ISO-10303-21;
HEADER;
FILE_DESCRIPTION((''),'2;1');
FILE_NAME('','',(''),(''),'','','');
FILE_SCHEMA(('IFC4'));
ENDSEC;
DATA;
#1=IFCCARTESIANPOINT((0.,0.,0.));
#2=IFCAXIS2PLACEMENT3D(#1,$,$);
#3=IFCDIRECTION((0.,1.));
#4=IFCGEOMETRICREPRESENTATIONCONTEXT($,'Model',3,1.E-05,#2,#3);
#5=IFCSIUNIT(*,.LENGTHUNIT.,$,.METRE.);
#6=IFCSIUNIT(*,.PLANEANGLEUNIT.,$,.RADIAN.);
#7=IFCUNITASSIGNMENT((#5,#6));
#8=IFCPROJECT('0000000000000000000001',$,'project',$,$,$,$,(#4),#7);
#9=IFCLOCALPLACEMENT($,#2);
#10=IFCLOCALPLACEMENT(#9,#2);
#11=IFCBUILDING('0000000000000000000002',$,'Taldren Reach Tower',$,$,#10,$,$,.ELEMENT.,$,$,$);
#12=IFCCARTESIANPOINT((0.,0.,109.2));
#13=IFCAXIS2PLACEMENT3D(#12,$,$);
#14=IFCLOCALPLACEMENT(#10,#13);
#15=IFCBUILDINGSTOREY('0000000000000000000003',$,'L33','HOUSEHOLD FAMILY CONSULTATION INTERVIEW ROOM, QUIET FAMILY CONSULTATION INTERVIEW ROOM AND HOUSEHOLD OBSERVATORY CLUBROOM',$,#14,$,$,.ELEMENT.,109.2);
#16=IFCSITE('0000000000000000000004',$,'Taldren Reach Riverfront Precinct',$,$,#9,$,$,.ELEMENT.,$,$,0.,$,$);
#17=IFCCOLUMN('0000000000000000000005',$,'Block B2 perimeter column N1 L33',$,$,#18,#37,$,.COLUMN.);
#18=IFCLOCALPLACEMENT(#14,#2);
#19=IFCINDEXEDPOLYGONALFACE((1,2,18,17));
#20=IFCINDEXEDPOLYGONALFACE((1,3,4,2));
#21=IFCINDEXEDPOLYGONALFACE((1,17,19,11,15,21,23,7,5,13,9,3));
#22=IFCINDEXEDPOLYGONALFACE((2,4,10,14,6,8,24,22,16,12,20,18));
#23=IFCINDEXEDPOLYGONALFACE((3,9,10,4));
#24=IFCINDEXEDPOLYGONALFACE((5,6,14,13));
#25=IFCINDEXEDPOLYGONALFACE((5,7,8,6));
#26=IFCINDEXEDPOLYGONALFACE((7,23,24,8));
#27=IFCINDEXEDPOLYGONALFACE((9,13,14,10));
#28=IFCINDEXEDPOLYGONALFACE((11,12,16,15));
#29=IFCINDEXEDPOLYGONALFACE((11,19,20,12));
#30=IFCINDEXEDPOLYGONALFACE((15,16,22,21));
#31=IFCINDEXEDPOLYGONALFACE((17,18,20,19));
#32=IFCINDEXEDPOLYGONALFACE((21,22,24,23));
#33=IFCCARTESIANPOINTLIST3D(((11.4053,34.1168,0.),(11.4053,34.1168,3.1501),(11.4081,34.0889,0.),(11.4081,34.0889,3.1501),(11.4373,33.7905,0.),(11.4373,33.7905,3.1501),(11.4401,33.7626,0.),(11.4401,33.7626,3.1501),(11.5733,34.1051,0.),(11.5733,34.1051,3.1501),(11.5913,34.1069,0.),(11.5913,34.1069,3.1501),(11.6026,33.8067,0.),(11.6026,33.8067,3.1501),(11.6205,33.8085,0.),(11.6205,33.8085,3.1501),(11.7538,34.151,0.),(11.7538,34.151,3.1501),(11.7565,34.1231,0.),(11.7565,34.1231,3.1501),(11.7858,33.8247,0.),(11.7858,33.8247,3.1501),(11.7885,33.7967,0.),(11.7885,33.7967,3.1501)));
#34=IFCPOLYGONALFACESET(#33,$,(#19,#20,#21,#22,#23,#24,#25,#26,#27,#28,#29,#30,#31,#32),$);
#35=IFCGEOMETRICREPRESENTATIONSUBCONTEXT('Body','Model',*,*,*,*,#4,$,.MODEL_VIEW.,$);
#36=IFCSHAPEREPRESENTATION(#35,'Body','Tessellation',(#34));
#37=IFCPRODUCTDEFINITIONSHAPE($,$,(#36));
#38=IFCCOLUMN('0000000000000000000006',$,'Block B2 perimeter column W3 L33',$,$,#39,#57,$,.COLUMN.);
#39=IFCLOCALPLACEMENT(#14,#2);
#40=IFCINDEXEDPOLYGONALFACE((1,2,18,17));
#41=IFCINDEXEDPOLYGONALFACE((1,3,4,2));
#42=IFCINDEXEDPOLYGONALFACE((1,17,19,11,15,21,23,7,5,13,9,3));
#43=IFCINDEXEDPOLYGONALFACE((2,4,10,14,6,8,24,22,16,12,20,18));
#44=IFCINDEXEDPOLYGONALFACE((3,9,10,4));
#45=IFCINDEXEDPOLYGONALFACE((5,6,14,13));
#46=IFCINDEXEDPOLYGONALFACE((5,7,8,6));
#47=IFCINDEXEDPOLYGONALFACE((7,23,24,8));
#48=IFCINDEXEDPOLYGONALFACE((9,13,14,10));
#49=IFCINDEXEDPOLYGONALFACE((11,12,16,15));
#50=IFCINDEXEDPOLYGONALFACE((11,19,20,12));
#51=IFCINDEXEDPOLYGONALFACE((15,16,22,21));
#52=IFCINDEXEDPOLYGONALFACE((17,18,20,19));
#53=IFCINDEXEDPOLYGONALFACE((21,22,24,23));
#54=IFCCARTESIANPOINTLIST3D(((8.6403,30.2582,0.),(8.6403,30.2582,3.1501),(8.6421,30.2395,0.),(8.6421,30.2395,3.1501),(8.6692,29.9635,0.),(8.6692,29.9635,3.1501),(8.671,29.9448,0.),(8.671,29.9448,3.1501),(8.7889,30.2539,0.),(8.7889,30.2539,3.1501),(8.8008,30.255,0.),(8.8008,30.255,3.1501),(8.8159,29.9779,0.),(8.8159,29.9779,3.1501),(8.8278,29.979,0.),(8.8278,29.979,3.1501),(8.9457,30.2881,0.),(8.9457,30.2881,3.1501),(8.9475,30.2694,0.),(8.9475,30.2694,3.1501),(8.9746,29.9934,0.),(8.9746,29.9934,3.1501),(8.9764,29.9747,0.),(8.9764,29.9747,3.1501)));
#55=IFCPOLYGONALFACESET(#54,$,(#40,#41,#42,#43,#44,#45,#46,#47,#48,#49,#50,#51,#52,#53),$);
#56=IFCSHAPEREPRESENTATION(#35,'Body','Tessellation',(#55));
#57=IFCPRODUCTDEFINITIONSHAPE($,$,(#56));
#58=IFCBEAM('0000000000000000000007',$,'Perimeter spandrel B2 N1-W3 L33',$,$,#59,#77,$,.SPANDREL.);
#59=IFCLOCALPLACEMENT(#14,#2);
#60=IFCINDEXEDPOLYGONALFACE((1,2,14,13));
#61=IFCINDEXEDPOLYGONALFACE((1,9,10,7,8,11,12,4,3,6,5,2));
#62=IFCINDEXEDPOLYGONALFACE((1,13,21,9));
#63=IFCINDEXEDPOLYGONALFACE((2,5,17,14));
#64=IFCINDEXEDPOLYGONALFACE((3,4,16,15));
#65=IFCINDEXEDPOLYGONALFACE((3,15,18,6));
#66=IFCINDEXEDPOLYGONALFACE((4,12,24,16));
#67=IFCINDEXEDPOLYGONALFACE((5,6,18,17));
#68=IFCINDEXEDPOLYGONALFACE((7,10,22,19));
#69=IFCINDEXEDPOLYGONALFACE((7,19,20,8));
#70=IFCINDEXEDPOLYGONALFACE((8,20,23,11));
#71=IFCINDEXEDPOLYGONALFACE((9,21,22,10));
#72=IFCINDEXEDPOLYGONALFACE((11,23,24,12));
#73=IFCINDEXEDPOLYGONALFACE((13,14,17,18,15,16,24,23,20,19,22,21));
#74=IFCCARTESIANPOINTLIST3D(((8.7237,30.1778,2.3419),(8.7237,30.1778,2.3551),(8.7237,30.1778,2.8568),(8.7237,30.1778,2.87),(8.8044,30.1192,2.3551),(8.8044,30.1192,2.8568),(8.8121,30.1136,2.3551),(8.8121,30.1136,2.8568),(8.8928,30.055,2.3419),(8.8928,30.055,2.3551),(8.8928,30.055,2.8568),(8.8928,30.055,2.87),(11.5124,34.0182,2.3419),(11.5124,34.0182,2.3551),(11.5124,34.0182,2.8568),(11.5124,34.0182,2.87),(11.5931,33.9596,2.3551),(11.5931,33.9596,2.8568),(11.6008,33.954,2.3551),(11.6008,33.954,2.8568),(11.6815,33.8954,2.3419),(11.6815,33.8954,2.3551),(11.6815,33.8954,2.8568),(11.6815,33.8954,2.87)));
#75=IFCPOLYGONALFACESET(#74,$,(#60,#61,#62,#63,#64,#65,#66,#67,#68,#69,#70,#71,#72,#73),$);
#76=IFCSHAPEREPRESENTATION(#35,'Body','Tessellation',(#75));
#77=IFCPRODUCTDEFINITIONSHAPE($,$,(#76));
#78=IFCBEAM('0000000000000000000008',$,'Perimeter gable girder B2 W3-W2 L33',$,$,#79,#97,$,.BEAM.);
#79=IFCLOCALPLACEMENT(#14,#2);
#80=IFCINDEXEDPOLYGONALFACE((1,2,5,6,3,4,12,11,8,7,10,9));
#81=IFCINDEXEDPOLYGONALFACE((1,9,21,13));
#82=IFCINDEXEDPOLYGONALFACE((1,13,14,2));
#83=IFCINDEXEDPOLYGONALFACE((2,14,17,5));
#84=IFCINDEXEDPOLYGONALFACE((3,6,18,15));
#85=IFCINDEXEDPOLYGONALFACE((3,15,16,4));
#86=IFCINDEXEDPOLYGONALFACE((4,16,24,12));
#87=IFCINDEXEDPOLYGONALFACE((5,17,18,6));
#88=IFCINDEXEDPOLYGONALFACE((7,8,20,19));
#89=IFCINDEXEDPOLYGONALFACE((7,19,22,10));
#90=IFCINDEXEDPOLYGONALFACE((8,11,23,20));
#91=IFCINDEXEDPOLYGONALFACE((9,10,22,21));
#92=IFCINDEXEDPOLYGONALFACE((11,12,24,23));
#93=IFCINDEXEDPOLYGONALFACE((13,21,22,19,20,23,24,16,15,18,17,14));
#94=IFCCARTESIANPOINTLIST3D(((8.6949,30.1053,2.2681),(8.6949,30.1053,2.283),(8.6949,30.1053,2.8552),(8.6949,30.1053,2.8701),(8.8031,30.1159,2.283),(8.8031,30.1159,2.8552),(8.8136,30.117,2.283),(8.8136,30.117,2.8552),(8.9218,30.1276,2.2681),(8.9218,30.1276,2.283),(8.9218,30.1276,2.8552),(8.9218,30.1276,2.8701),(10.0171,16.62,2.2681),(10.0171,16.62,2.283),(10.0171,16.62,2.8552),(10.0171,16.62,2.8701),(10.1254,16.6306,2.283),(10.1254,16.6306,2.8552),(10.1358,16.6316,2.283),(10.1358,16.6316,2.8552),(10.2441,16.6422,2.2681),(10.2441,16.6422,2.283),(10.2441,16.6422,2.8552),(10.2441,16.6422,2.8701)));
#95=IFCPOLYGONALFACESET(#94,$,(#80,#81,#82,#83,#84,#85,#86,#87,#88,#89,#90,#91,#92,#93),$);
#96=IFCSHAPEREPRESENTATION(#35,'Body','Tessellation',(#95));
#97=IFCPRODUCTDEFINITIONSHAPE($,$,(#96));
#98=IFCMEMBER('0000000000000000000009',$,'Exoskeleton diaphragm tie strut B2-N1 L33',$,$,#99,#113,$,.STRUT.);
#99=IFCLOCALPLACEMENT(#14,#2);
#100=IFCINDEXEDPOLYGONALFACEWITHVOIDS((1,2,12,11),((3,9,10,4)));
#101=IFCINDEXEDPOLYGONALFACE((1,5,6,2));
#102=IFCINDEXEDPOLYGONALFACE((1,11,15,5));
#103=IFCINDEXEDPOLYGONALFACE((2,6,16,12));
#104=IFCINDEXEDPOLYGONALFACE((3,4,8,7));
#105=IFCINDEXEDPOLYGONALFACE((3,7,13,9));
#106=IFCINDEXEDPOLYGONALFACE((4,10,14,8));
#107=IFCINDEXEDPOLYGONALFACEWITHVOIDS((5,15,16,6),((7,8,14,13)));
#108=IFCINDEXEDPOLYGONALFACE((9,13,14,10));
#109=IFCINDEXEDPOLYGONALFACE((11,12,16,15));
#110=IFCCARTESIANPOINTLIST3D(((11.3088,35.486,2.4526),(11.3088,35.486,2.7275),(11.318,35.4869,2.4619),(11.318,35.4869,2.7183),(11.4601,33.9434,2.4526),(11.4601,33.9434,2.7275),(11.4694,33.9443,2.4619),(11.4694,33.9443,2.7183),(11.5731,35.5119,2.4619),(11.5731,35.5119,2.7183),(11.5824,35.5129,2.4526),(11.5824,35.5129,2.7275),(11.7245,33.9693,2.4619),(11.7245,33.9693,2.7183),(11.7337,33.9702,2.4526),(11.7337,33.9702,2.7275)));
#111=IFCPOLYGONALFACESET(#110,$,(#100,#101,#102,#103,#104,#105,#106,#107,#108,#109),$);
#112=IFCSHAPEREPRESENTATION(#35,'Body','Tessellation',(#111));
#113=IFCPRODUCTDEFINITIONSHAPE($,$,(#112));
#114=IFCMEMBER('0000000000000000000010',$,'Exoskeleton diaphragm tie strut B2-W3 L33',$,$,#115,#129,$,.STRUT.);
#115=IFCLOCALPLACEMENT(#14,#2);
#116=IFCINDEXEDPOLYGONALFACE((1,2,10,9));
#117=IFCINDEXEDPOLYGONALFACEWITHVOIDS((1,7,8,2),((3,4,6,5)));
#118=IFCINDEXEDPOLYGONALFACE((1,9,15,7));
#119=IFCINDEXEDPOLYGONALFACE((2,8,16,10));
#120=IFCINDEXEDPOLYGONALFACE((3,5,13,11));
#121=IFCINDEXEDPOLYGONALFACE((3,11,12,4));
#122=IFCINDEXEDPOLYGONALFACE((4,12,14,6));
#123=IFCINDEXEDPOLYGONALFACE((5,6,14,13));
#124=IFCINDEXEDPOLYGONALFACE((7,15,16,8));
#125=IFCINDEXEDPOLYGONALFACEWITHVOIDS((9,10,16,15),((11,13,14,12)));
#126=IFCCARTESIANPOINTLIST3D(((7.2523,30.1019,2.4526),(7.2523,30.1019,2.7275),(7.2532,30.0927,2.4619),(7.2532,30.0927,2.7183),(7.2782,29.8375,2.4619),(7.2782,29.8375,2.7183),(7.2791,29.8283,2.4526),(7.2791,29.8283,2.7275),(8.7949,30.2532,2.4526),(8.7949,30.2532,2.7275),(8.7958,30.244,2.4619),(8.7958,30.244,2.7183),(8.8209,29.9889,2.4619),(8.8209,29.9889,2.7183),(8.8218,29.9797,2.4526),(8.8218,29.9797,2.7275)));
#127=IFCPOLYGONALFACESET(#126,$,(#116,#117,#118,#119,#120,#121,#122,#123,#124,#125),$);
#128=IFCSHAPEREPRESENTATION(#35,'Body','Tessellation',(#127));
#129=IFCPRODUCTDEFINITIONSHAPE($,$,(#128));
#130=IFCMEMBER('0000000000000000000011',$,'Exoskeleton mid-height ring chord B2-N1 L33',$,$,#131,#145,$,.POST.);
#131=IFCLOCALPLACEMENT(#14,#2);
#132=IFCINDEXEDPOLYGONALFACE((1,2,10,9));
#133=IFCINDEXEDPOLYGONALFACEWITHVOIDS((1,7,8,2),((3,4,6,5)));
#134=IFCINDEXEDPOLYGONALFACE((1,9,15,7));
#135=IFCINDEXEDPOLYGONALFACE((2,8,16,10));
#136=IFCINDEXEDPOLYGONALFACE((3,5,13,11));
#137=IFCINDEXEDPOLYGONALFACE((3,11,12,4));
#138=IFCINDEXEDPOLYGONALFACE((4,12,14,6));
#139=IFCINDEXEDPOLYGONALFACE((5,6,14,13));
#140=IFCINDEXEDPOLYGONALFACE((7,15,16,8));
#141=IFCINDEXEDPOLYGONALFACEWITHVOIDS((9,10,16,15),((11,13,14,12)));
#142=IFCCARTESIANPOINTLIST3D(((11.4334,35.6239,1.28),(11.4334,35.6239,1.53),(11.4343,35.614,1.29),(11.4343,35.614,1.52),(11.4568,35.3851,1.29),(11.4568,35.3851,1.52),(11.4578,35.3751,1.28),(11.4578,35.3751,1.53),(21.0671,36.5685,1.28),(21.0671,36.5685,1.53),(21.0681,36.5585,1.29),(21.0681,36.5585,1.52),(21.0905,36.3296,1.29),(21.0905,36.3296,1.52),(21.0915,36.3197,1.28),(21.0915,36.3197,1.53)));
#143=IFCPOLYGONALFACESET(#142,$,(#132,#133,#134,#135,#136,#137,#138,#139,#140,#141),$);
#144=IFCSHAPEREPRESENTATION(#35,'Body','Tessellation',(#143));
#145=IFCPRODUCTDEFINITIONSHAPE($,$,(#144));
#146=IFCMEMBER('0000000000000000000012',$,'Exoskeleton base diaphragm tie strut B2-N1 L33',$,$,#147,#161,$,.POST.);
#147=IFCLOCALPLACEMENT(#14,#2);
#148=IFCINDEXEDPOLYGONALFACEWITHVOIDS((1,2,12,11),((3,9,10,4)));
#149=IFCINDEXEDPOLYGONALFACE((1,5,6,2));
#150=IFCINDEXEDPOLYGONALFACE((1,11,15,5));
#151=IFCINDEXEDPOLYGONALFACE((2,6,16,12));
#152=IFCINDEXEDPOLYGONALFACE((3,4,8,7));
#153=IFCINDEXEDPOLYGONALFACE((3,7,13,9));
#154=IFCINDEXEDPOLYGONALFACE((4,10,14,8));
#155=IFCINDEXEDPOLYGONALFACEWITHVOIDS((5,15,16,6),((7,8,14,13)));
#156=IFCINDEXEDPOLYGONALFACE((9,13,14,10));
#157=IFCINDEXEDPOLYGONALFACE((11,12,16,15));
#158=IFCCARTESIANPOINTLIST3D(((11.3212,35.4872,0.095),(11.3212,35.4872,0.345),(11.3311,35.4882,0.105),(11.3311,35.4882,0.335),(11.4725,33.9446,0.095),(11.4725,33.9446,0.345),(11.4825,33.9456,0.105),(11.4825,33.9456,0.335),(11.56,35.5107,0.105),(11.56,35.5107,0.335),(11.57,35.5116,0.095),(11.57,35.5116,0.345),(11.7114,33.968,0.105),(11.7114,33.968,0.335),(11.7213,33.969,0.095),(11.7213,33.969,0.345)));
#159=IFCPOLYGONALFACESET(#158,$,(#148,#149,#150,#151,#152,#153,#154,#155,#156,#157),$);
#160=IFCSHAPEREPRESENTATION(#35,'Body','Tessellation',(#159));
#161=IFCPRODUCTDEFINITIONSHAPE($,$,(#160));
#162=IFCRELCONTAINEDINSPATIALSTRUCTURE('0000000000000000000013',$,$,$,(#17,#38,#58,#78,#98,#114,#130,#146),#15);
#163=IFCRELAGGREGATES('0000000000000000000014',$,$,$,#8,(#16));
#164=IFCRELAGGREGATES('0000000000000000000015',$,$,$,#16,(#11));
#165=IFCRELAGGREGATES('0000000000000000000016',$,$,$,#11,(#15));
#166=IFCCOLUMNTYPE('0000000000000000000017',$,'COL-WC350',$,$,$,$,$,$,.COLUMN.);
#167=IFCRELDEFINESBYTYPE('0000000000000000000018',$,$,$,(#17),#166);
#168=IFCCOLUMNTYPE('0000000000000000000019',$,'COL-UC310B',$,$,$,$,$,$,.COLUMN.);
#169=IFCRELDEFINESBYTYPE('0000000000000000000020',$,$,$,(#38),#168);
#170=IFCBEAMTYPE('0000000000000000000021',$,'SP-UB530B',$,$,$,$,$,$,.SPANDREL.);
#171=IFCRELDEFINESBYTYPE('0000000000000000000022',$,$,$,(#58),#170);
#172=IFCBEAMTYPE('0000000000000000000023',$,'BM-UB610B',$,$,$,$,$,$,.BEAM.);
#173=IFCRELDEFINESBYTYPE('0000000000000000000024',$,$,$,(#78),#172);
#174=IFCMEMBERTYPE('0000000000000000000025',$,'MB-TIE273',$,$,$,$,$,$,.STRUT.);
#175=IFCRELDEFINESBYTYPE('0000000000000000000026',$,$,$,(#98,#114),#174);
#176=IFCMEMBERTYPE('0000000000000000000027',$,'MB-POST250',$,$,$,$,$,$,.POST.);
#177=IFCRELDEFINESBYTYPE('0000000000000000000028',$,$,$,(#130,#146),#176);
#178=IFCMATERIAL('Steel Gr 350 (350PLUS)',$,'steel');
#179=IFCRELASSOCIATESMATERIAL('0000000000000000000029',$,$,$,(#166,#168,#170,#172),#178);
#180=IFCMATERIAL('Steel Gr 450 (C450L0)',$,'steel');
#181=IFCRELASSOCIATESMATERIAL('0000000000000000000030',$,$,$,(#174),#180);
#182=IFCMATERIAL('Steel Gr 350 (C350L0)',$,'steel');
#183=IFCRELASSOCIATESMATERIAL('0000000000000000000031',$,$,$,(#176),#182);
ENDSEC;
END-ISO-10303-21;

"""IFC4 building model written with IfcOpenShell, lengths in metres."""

from ifc_helpers import new_model, si_unit, direction, frame, origin, origin_2d, place, context, subcontext, project, spatial, hollow_rectangle, i_section, extrude, source, transform, mapped, material, material_profile, profile_set, type_object, element, save


model = new_model("IFC4")

# Units and contexts
model_context = context("Model", 3, precision=1e-05, world=origin(), true_north=direction((0.0, 1.0)))
body_context = subcontext(model_context, "Body", "Model", "MODEL_VIEW")
ifc_project = project(units=[si_unit("LENGTHUNIT", "METRE"), si_unit("PLANEANGLEUNIT", "RADIAN")], contexts=[model_context])

# Site, building, storey
site_placement = place(None, origin())
site = spatial("IfcSite", under=ifc_project, at=site_placement, Name="Taldren Reach Riverfront Precinct", CompositionType="ELEMENT", RefElevation=0.0)
building_placement = place(site_placement, origin())
building = spatial("IfcBuilding", under=site, at=building_placement, Name="Taldren Reach Tower", CompositionType="ELEMENT")
storey_placement = place(building_placement, frame((0.0, 0.0, 109.2)))
storey = spatial("IfcBuildingStorey", under=building, at=storey_placement, Name="L33", Description="HOUSEHOLD FAMILY CONSULTATION INTERVIEW ROOM, QUIET FAMILY CONSULTATION INTERVIEW ROOM AND HOUSEHOLD OBSERVATORY CLUBROOM", CompositionType="ELEMENT", Elevation=109.2)

# Columns
ifc_material_1 = material(Name="Steel Gr 350 (350PLUS)", Category="steel")
ifc_material_profile_1 = material_profile(ifc_material_1, i_section(OverallWidth=0.3501, OverallDepth=0.356, WebThickness=0.0181, FlangeThickness=0.0281, at=origin_2d()), Name="350WC197")
ifc_profile_set_1 = profile_set([ifc_material_profile_1], Name="Steel Gr 350 (350PLUS)")
column_type_1 = type_object("IfcColumnType", Name="COL-WC350", PredefinedType="COLUMN", material=ifc_profile_set_1)
shared_shape_1 = source(origin(), body_context, "Body", "SweptSolid", [
    extrude(i_section(OverallWidth=0.3501, OverallDepth=0.356, WebThickness=0.0181, FlangeThickness=0.0281, at=origin_2d()), origin(), (0.0, 0.0, 1.0), 3.1501),
])
column_1_placement = place(storey_placement, frame((11.5969, 33.9568, 0.0), z_axis=(0.0, 0.0, 1.0), x_axis=(0.995227, 0.097583, 0.0)))
element("IfcColumn", 1, at=column_1_placement, inside=storey, type_object=column_type_1, Name="Block B2 perimeter column N1 L33", PredefinedType="COLUMN", context=body_context, shape_type="MappedRepresentation", body=[
    mapped(shared_shape_1, transform((0.0, 0.0, 0.0), scale=1.0)),
])
ifc_material_profile_2 = material_profile(ifc_material_1, i_section(OverallWidth=0.3069, OverallDepth=0.3149, WebThickness=0.012, FlangeThickness=0.0188, at=origin_2d()), Name="310UC118")
ifc_profile_set_2 = profile_set([ifc_material_profile_2], Name="Steel Gr 350 (350PLUS)")
column_type_2 = type_object("IfcColumnType", Name="COL-UC310B", PredefinedType="COLUMN", material=ifc_profile_set_2)
shared_shape_2 = source(origin(), body_context, "Body", "SweptSolid", [
    extrude(i_section(OverallWidth=0.3069, OverallDepth=0.3149, WebThickness=0.012, FlangeThickness=0.0188, at=origin_2d()), origin(), (0.0, 0.0, 1.0), 3.1501),
])
column_2_placement = place(storey_placement, frame((8.8083, 30.1165, 0.0), z_axis=(0.0, 0.0, 1.0), x_axis=(0.995227, 0.097583, 0.0)))
element("IfcColumn", 2, at=column_2_placement, inside=storey, type_object=column_type_2, Name="Block B2 perimeter column W3 L33", PredefinedType="COLUMN", context=body_context, shape_type="MappedRepresentation", body=[
    mapped(shared_shape_2, transform((0.0, 0.0, 0.0), scale=1.0)),
])

# Beams
ifc_material_profile_3 = material_profile(ifc_material_1, i_section(OverallWidth=0.209, OverallDepth=0.5281, WebThickness=0.0095, FlangeThickness=0.0132, at=origin_2d()), Name="530UB82.0")
ifc_profile_set_3 = profile_set([ifc_material_profile_3], Name="Steel Gr 350 (350PLUS)")
beam_type_1 = type_object("IfcBeamType", Name="SP-UB530B", PredefinedType="SPANDREL", material=ifc_profile_set_3)
shared_shape_3 = source(origin(), body_context, "Body", "SweptSolid", [
    extrude(i_section(OverallWidth=0.209, OverallDepth=0.5281, WebThickness=0.0095, FlangeThickness=0.0132, at=origin_2d()), origin(), (0.0, 0.0, 1.0), 4.7461),
])
beam_1_placement = place(storey_placement, frame((11.5969, 33.9568, 2.606), z_axis=(-0.587566, -0.809176, 0.0), x_axis=(0.809176, -0.587566, 0.0)))
element("IfcBeam", 3, at=beam_1_placement, inside=storey, type_object=beam_type_1, Name="Perimeter spandrel B2 N1-W3 L33", PredefinedType="SPANDREL", context=body_context, shape_type="MappedRepresentation", body=[
    mapped(shared_shape_3, transform((0.0, 0.0, 0.0), scale=1.0)),
])
ifc_material_profile_4 = material_profile(ifc_material_1, i_section(OverallWidth=0.228, OverallDepth=0.6021, WebThickness=0.0105, FlangeThickness=0.0149, at=origin_2d()), Name="610UB101")
ifc_profile_set_4 = profile_set([ifc_material_profile_4], Name="Steel Gr 350 (350PLUS)")
beam_type_2 = type_object("IfcBeamType", Name="BM-UB610B", PredefinedType="BEAM", material=ifc_profile_set_4)
shared_shape_4 = source(origin(), body_context, "Body", "SweptSolid", [
    extrude(i_section(OverallWidth=0.228, OverallDepth=0.6021, WebThickness=0.0105, FlangeThickness=0.0149, at=origin_2d()), origin(), (0.0, 0.0, 1.0), 13.55),
])
beam_2_placement = place(storey_placement, frame((8.8083, 30.1165, 2.5691), z_axis=(0.097584, -0.995227, 0.0), x_axis=(0.995227, 0.097584, 0.0)))
element("IfcBeam", 4, at=beam_2_placement, inside=storey, type_object=beam_type_2, Name="Perimeter gable girder B2 W3-W2 L33", PredefinedType="BEAM", context=body_context, shape_type="MappedRepresentation", body=[
    mapped(shared_shape_4, transform((0.0, 0.0, 0.0), scale=1.0)),
])

# Members
ifc_material_2 = material(Name="Steel Gr 450 (C450L0)", Category="steel")
ifc_material_profile_5 = material_profile(ifc_material_2, hollow_rectangle(XDim=0.2749, YDim=0.2749, WallThickness=0.0093, at=origin_2d()), Name="275x275x9.3SHS")
ifc_profile_set_5 = profile_set([ifc_material_profile_5], Name="Steel Gr 450 (C450L0)")
member_type_1 = type_object("IfcMemberType", Name="MB-TIE273", PredefinedType="STRUT", material=ifc_profile_set_5)
shared_shape_5 = source(origin(), body_context, "Body", "SweptSolid", [
    extrude(hollow_rectangle(XDim=0.2749, YDim=0.2749, WallThickness=0.0093, at=origin_2d()), origin(), (0.0, 0.0, 1.0), 1.55),
])
for number, where, z_axis, x_axis, name in (
    (5, (11.5969, 33.9568, 2.5901), (-0.097648, 0.995221, 0.0), (-0.995221, -0.097648, 0.0), "Exoskeleton diaphragm tie strut B2-N1 L33"),
    (6, (8.8083, 30.1165, 2.5901), (-0.995221, -0.097648, 0.0), (0.097648, -0.995221, 0.0), "Exoskeleton diaphragm tie strut B2-W3 L33"),
):
    element("IfcMember", number, at=place(storey_placement, frame(where, z_axis=z_axis, x_axis=x_axis)), inside=storey, type_object=member_type_1, Name=name, PredefinedType="STRUT", context=body_context, shape_type="MappedRepresentation", body=[
        mapped(shared_shape_5, transform((0.0, 0.0, 0.0), scale=1.0)),
    ])
ifc_material_3 = material(Name="Steel Gr 350 (C350L0)", Category="steel")
ifc_material_profile_6 = material_profile(ifc_material_3, hollow_rectangle(XDim=0.25, YDim=0.25, WallThickness=0.01, at=origin_2d()), Name="250x250x10.0SHS")
ifc_profile_set_6 = profile_set([ifc_material_profile_6], Name="Steel Gr 350 (C350L0)")
member_type_2 = type_object("IfcMemberType", Name="MB-POST250", PredefinedType="POST", material=ifc_profile_set_6)
shared_shape_6 = source(origin(), body_context, "Body", "SweptSolid", [
    extrude(hollow_rectangle(XDim=0.25, YDim=0.25, WallThickness=0.01, at=origin_2d()), origin(), (0.0, 0.0, 1.0), 9.6799),
])
member_1_placement = place(storey_placement, frame((11.4456, 35.4995, 1.405), z_axis=(0.995228, 0.097581, 0.0), x_axis=(-0.097581, 0.995228, 0.0)))
element("IfcMember", 7, at=member_1_placement, inside=storey, type_object=member_type_2, Name="Exoskeleton mid-height ring chord B2-N1 L33", PredefinedType="POST", context=body_context, shape_type="MappedRepresentation", body=[
    mapped(shared_shape_6, transform((0.0, 0.0, 0.0), scale=1.0)),
])
shared_shape_7 = source(origin(), body_context, "Body", "SweptSolid", [
    extrude(hollow_rectangle(XDim=0.25, YDim=0.25, WallThickness=0.01, at=origin_2d()), origin(), (0.0, 0.0, 1.0), 1.55),
])
for number, where, z_axis, x_axis, name in (
    (8, (11.5969, 33.9568, 0.22), (-0.097648, 0.995221, 0.0), (-0.995221, -0.097648, 0.0), "Exoskeleton base diaphragm tie strut B2-N1 L33"),
):
    element("IfcMember", number, at=place(storey_placement, frame(where, z_axis=z_axis, x_axis=x_axis)), inside=storey, type_object=member_type_2, Name=name, PredefinedType="POST", context=body_context, shape_type="MappedRepresentation", body=[
        mapped(shared_shape_7, transform((0.0, 0.0, 0.0), scale=1.0)),
    ])

save(model, "model.ifc")
